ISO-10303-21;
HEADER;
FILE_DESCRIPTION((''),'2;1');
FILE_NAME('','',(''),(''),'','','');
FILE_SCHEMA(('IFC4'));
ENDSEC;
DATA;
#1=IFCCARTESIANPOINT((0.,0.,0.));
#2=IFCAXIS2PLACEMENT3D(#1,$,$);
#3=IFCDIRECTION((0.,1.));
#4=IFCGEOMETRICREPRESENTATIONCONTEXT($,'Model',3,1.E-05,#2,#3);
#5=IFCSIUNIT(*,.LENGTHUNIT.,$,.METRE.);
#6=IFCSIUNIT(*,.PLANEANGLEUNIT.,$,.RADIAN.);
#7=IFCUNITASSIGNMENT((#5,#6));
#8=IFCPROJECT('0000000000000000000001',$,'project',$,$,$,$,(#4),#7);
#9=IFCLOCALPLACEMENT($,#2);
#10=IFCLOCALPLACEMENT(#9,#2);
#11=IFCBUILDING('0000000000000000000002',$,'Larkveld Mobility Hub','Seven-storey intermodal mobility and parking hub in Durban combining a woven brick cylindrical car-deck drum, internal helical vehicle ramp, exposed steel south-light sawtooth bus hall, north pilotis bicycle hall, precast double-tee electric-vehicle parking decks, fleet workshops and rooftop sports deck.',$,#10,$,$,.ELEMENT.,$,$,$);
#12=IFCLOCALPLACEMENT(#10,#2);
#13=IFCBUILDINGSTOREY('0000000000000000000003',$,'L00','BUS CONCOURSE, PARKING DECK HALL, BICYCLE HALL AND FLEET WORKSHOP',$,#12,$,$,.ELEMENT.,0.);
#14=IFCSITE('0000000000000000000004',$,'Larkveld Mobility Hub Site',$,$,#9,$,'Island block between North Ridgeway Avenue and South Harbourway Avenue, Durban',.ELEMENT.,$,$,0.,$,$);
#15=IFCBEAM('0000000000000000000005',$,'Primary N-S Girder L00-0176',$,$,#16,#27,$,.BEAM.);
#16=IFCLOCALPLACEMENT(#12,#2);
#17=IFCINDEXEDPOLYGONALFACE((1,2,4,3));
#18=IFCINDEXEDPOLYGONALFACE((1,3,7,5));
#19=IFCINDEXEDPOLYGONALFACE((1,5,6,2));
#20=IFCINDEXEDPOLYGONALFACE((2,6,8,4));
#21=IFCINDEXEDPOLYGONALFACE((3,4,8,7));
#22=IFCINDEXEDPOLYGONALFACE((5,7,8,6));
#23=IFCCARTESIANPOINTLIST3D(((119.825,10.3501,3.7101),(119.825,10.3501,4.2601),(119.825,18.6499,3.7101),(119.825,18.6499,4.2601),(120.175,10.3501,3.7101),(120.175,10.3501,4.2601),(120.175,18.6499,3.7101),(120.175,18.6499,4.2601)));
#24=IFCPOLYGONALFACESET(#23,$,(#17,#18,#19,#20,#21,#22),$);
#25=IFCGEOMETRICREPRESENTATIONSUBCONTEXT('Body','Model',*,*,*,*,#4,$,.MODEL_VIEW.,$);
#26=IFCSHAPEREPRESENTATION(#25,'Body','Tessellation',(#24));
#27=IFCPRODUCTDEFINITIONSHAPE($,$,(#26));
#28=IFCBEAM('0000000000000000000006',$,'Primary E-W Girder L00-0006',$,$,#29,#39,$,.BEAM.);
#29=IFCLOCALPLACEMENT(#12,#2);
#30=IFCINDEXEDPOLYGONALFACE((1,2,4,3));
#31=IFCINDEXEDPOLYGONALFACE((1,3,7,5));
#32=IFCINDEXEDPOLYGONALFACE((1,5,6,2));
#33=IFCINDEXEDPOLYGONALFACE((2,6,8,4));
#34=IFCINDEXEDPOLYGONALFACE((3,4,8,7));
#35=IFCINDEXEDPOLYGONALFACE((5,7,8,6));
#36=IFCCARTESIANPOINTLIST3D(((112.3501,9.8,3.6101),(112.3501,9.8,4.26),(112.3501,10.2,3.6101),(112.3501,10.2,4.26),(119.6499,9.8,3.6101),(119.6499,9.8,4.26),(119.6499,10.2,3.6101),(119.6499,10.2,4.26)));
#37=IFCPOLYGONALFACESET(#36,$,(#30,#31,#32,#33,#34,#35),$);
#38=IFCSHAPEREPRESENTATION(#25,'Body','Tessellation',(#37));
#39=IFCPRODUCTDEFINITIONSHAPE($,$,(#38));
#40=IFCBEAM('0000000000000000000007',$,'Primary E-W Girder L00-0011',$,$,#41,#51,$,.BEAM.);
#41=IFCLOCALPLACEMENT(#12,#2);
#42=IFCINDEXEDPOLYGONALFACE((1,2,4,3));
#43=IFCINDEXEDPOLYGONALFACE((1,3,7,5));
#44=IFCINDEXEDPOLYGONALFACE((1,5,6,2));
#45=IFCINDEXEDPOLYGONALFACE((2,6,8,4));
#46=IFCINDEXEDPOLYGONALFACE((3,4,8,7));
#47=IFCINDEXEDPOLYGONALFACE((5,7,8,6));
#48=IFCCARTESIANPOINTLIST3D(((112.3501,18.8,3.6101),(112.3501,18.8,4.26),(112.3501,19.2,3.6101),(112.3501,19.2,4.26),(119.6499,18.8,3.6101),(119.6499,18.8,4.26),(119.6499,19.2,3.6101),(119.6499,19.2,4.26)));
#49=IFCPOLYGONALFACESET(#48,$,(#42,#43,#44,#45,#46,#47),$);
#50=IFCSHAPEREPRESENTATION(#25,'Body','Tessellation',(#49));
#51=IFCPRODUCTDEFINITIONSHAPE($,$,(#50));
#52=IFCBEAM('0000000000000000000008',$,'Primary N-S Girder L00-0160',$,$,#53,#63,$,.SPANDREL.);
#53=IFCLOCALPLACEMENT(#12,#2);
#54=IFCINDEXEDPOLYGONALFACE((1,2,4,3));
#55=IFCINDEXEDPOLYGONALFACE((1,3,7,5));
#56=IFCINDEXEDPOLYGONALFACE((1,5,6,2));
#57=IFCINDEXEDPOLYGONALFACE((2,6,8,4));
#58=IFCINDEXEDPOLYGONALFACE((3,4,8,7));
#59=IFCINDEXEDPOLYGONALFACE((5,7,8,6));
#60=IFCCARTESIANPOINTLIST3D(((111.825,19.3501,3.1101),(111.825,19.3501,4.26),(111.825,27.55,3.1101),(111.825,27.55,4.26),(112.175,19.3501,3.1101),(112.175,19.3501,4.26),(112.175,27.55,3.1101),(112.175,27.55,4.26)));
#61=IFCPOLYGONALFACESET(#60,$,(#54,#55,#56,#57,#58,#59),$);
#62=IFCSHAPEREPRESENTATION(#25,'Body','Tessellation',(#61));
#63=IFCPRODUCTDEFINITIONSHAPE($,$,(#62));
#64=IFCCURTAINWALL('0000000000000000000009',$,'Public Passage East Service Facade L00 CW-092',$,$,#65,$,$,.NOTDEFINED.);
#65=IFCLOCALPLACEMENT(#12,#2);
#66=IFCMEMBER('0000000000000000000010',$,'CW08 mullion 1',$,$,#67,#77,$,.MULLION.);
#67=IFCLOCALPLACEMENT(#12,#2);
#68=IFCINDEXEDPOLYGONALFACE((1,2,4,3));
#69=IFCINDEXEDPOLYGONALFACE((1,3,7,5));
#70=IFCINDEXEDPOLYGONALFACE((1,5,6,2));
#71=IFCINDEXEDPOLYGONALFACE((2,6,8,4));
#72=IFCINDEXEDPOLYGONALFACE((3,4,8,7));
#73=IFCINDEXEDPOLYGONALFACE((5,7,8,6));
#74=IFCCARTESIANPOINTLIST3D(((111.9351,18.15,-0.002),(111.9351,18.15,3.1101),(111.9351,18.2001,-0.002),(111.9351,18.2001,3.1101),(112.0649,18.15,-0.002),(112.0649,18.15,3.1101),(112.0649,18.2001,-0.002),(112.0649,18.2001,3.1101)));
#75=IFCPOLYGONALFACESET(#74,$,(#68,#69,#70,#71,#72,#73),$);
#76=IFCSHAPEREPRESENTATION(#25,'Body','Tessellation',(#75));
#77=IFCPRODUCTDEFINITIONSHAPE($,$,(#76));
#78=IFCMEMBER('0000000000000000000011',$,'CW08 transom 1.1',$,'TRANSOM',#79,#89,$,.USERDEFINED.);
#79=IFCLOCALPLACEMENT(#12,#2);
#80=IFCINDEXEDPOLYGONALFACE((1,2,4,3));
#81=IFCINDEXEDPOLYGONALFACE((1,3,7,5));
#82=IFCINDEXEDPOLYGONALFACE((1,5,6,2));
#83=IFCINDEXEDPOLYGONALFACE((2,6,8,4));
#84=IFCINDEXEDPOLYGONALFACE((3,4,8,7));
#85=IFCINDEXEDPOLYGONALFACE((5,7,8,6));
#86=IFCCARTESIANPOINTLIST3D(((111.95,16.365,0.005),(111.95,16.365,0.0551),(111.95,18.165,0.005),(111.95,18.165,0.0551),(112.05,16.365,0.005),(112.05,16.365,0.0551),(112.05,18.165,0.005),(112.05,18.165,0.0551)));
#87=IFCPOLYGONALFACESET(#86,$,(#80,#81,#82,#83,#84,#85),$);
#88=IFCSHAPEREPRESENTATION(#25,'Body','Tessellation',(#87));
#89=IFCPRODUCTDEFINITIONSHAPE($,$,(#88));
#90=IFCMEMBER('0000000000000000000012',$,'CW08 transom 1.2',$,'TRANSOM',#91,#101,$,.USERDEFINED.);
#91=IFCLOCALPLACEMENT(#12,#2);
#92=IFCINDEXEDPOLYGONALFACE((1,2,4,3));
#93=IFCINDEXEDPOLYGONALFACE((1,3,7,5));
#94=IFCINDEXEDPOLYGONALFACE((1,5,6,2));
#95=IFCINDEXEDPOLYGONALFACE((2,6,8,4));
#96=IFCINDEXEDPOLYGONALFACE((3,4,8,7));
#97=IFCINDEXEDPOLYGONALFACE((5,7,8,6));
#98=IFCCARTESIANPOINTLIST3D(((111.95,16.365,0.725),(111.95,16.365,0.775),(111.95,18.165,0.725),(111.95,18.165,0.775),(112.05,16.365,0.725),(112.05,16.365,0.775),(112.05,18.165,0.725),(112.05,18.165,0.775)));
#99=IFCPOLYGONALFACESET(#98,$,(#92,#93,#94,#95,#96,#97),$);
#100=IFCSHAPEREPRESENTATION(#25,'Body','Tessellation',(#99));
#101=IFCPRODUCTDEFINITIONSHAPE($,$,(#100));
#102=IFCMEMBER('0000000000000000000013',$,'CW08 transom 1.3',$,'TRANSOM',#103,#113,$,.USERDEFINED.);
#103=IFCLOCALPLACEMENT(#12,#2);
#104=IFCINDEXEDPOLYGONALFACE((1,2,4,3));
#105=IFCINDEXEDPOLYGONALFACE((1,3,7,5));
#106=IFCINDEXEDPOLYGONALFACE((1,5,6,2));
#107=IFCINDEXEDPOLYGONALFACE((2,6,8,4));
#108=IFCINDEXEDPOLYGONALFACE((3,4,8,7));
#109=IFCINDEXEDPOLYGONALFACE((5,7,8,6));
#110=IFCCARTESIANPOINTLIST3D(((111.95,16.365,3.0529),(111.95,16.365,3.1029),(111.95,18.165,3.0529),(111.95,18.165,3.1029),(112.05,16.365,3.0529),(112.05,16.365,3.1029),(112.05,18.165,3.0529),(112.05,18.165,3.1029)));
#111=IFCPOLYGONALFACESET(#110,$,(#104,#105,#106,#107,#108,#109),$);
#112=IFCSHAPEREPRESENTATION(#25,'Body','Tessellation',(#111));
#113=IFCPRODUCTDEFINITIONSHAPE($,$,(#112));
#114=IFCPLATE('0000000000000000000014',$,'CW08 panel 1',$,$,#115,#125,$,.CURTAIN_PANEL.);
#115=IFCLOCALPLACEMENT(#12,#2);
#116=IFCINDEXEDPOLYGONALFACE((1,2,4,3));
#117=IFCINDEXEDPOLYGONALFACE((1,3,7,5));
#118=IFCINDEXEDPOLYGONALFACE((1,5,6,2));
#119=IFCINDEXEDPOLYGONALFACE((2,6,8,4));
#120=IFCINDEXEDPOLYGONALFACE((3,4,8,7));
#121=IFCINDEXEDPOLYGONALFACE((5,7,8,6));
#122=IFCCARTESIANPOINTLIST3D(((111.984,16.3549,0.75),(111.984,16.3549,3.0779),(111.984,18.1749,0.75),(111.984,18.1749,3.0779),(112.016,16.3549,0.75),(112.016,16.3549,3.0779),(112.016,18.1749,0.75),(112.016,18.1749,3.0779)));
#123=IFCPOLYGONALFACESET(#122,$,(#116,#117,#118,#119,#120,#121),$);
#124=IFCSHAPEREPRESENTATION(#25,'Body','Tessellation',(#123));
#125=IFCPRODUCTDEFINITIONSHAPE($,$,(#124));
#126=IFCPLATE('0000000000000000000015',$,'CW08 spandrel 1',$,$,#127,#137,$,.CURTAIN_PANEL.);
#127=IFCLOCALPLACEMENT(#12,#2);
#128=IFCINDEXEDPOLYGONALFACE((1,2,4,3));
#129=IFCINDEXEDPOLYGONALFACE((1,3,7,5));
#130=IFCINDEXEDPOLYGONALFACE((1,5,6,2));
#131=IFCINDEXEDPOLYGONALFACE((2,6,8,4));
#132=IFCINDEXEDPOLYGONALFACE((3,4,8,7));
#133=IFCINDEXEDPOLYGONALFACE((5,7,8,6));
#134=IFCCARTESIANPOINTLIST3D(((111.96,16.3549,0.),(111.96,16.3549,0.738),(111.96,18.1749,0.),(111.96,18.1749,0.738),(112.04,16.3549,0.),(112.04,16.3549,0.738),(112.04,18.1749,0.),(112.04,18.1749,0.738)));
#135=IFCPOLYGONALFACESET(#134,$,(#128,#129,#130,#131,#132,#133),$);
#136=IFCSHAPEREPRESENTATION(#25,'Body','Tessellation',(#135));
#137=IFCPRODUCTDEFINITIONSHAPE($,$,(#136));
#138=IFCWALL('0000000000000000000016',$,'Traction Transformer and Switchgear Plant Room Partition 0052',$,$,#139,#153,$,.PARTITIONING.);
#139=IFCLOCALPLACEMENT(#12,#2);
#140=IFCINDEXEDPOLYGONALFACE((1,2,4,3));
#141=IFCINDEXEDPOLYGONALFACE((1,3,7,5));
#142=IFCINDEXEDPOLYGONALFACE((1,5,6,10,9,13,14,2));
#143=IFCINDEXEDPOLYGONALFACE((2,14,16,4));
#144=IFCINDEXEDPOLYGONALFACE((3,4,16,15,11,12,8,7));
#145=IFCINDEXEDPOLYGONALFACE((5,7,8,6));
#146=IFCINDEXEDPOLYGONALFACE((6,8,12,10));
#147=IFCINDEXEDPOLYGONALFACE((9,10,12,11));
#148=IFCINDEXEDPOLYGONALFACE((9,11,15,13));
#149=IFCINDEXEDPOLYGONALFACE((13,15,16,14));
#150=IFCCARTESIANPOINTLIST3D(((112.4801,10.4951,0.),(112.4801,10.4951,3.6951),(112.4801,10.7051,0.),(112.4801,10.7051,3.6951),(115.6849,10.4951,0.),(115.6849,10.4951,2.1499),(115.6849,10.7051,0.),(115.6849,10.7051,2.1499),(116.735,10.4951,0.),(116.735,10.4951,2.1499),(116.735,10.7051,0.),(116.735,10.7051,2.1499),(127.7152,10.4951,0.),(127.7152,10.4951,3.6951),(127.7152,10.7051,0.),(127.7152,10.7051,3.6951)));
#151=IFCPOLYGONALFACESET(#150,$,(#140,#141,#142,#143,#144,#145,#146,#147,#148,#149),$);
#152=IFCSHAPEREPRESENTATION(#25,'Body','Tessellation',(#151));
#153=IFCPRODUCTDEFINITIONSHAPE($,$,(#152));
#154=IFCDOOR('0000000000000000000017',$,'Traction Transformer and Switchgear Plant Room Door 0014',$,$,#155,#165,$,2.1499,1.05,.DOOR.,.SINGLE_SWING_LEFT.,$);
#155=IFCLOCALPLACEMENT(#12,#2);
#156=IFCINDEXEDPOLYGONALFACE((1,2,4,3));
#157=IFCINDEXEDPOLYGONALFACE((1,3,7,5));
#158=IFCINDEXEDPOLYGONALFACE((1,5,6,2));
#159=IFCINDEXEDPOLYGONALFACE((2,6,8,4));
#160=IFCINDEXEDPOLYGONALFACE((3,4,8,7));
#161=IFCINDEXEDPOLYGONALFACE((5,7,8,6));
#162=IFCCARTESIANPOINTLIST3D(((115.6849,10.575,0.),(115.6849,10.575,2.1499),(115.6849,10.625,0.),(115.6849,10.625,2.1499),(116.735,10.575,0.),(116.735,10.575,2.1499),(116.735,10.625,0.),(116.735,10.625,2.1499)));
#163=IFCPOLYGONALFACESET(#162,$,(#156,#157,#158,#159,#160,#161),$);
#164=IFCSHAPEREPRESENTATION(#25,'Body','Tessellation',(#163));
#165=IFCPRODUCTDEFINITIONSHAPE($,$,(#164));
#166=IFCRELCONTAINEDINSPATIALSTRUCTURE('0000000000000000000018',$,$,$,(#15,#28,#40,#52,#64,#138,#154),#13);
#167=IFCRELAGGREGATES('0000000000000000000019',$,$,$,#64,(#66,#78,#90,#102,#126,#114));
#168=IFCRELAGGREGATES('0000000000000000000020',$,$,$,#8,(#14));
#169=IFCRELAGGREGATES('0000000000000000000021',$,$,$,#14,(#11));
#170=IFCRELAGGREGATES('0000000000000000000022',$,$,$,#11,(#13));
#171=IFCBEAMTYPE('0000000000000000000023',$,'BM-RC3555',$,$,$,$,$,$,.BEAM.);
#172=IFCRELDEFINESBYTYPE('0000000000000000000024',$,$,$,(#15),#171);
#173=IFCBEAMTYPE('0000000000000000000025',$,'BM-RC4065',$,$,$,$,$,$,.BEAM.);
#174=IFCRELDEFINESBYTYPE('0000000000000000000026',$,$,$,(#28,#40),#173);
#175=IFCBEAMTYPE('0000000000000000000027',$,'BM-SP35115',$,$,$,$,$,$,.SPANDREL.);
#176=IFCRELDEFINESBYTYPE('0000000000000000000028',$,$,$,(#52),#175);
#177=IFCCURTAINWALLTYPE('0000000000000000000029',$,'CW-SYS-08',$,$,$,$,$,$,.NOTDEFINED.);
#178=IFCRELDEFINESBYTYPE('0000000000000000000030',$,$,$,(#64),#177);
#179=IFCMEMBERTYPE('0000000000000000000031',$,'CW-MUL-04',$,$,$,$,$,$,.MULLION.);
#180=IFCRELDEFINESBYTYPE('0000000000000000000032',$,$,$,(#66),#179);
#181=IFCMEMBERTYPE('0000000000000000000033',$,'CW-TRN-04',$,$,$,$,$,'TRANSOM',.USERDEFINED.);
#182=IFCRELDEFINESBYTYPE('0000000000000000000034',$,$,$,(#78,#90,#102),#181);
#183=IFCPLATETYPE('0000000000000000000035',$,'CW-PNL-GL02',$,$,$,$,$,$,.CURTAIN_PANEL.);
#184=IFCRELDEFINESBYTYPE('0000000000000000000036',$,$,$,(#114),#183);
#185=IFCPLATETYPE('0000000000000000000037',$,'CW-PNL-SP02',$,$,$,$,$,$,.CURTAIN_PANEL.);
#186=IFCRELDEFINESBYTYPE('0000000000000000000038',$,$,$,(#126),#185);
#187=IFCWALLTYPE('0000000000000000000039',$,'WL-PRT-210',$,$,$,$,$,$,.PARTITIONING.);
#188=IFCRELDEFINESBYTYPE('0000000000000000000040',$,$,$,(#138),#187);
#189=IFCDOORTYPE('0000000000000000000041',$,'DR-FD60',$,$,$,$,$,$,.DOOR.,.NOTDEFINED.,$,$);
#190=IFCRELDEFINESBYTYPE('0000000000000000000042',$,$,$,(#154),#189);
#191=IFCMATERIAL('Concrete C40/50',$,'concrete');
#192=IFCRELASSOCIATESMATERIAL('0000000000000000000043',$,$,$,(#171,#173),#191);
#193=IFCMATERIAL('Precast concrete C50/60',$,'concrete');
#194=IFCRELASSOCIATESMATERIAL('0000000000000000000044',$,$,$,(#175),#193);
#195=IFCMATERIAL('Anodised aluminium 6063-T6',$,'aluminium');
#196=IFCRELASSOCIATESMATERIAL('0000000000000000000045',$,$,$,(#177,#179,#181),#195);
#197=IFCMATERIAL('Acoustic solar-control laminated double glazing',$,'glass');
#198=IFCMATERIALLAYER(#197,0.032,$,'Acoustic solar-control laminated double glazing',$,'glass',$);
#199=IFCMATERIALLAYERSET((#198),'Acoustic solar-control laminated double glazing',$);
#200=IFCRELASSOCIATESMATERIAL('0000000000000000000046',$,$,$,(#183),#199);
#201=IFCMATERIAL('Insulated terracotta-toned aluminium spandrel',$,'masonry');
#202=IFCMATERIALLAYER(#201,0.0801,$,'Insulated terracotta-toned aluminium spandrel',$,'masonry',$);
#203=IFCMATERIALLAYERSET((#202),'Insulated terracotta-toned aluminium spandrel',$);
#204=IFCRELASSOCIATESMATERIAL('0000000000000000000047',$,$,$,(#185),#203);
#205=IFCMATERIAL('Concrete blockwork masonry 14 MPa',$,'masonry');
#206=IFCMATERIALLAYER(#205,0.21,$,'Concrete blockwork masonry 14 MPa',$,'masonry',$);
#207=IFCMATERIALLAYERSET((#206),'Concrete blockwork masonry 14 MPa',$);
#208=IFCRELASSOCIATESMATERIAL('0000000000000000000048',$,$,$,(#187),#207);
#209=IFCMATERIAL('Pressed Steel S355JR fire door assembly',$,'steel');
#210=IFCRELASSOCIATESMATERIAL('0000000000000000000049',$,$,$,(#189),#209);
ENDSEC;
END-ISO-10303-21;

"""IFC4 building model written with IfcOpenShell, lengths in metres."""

from ifc_helpers import new_model, si_unit, direction, frame, frame_2d, origin, origin_2d, place, context, subcontext, project, spatial, rectangle, extrude, material, layer, layer_set, material_profile, profile_set, type_object, element, fill, aggregate, save


model = new_model("IFC4")

# Units and contexts
model_context = context("Model", 3, precision=1e-05, world=origin(), true_north=direction((0.0, 1.0)))
body_context = subcontext(model_context, "Body", "Model", "MODEL_VIEW")
ifc_project = project(units=[si_unit("LENGTHUNIT", "METRE"), si_unit("PLANEANGLEUNIT", "RADIAN")], contexts=[model_context])

# Site, building, storey
site_placement = place(None, origin())
site = spatial("IfcSite", under=ifc_project, at=site_placement, Name="Larkveld Mobility Hub Site", LongName="Island block between North Ridgeway Avenue and South Harbourway Avenue, Durban", CompositionType="ELEMENT", RefElevation=0.0)
building_placement = place(site_placement, origin())
building = spatial("IfcBuilding", under=site, at=building_placement, Name="Larkveld Mobility Hub", Description="Seven-storey intermodal mobility and parking hub in Durban combining a woven brick cylindrical car-deck drum, internal helical vehicle ramp, exposed steel south-light sawtooth bus hall, north pilotis bicycle hall, precast double-tee electric-vehicle parking decks, fleet workshops and rooftop sports deck.", CompositionType="ELEMENT")
storey_placement = place(building_placement, origin())
storey = spatial("IfcBuildingStorey", under=building, at=storey_placement, Name="L00", Description="BUS CONCOURSE, PARKING DECK HALL, BICYCLE HALL AND FLEET WORKSHOP", CompositionType="ELEMENT", Elevation=0.0)

# Shared definitions
ifc_material_1 = material(Name="Concrete C40/50", Category="concrete")

# Beams
ifc_material_profile_1 = material_profile(ifc_material_1, rectangle(XDim=0.3501, YDim=0.55, at=origin_2d()), Name="RC BM 350x550")
ifc_profile_set_1 = profile_set([ifc_material_profile_1], Name="Concrete C40/50")
beam_type_1 = type_object("IfcBeamType", Name="BM-RC3555", PredefinedType="BEAM", material=ifc_profile_set_1)
beam_1_placement = place(storey_placement, frame((120.0, 10.3501, 3.9851), z_axis=(0.0, 1.0, 0.0), x_axis=(-1.0, 0.0, 0.0)))
element("IfcBeam", 1, at=beam_1_placement, inside=storey, type_object=beam_type_1, Name="Primary N-S Girder L00-0176", PredefinedType="BEAM", context=body_context, shape_type="SweptSolid", body=[
    extrude(rectangle(XDim=0.3501, YDim=0.55, at=origin_2d()), origin(), (0.0, 0.0, 1.0), 8.2998),
])
ifc_material_profile_2 = material_profile(ifc_material_1, rectangle(XDim=0.3999, YDim=0.6499, at=origin_2d()), Name="RC BM 400x650")
ifc_profile_set_2 = profile_set([ifc_material_profile_2], Name="Concrete C40/50")
beam_type_2 = type_object("IfcBeamType", Name="BM-RC4065", PredefinedType="BEAM", material=ifc_profile_set_2)
for number, where, z_axis, x_axis, name in (
    (2, (112.3501, 10.0, 3.9351), (1.0, 0.0, 0.0), (0.0, 1.0, 0.0), "Primary E-W Girder L00-0006"),
    (3, (112.3501, 19.0, 3.9351), (1.0, 0.0, 0.0), (0.0, 1.0, 0.0), "Primary E-W Girder L00-0011"),
):
    element("IfcBeam", number, at=place(storey_placement, frame(where, z_axis=z_axis, x_axis=x_axis)), inside=storey, type_object=beam_type_2, Name=name, PredefinedType="BEAM", context=body_context, shape_type="SweptSolid", body=[
        extrude(rectangle(XDim=0.3999, YDim=0.6499, at=origin_2d()), origin(), (0.0, 0.0, 1.0), 7.2998),
    ])
ifc_material_2 = material(Name="Precast concrete C50/60", Category="concrete")
ifc_material_profile_3 = material_profile(ifc_material_2, rectangle(XDim=0.3501, YDim=1.1499, at=origin_2d()), Name="PC SP 350x1150")
ifc_profile_set_3 = profile_set([ifc_material_profile_3], Name="Precast concrete C50/60")
beam_type_3 = type_object("IfcBeamType", Name="BM-SP35115", PredefinedType="SPANDREL", material=ifc_profile_set_3)
beam_2_placement = place(storey_placement, frame((112.0, 19.3501, 3.6851), z_axis=(0.0, 1.0, 0.0), x_axis=(-1.0, 0.0, 0.0)))
element("IfcBeam", 4, at=beam_2_placement, inside=storey, type_object=beam_type_3, Name="Primary N-S Girder L00-0160", PredefinedType="SPANDREL", context=body_context, shape_type="SweptSolid", body=[
    extrude(rectangle(XDim=0.3501, YDim=1.1499, at=origin_2d()), origin(), (0.0, 0.0, 1.0), 8.2),
])

# Curtain wall, members, plates
ifc_material_3 = material(Name="Anodised aluminium 6063-T6", Category="aluminium")
curtain_wall_type = type_object("IfcCurtainWallType", Name="CW-SYS-08", PredefinedType="NOTDEFINED", material=ifc_material_3)
curtain_wall_placement = place(storey_placement, origin())
curtain_wall = element("IfcCurtainWall", 5, at=curtain_wall_placement, inside=storey, type_object=curtain_wall_type, Name="Public Passage East Service Facade L00 CW-092", PredefinedType="NOTDEFINED")
ifc_material_profile_4 = material_profile(ifc_material_3, rectangle(XDim=0.05, YDim=0.1299, at=origin_2d()), Name="ALU MULL 50x130")
ifc_profile_set_4 = profile_set([ifc_material_profile_4], Name="Anodised aluminium 6063-T6")
member_type_1 = type_object("IfcMemberType", Name="CW-MUL-04", PredefinedType="MULLION", material=ifc_profile_set_4)
member_1_placement = place(storey_placement, frame((112.0, 18.175, -0.002), z_axis=(0.0, 0.0, 1.0), x_axis=(0.0, -1.0, 0.0)))
member_1 = element("IfcMember", 6, at=member_1_placement, type_object=member_type_1, Name="CW08 mullion 1", PredefinedType="MULLION", context=body_context, shape_type="SweptSolid", body=[
    extrude(rectangle(XDim=0.05, YDim=0.1299, at=origin_2d()), origin(), (0.0, 0.0, 1.0), 3.1121),
])
ifc_material_profile_5 = material_profile(ifc_material_3, rectangle(XDim=0.1001, YDim=0.05, at=origin_2d()), Name="ALU TRAN 50x100")
ifc_profile_set_5 = profile_set([ifc_material_profile_5], Name="Anodised aluminium 6063-T6")
member_type_2 = type_object("IfcMemberType", Name="CW-TRN-04", ElementType="TRANSOM", PredefinedType="USERDEFINED", material=ifc_profile_set_5)
member_2_placement = place(storey_placement, frame((112.0, 18.165, 0.03), z_axis=(0.0, -1.0, 0.0), x_axis=(1.0, 0.0, 0.0)))
member_2 = element("IfcMember", 7, at=member_2_placement, type_object=member_type_2, Name="CW08 transom 1.1", ObjectType="TRANSOM", PredefinedType="USERDEFINED", context=body_context, shape_type="SweptSolid", body=[
    extrude(rectangle(XDim=0.1001, YDim=0.05, at=origin_2d()), origin(), (0.0, 0.0, 1.0), 1.8),
])
member_3_placement = place(storey_placement, frame((112.0, 18.165, 0.75), z_axis=(0.0, -1.0, 0.0), x_axis=(1.0, 0.0, 0.0)))
member_3 = element("IfcMember", 8, at=member_3_placement, type_object=member_type_2, Name="CW08 transom 1.2", ObjectType="TRANSOM", PredefinedType="USERDEFINED", context=body_context, shape_type="SweptSolid", body=[
    extrude(rectangle(XDim=0.1001, YDim=0.05, at=origin_2d()), origin(), (0.0, 0.0, 1.0), 1.8),
])
member_4_placement = place(storey_placement, frame((112.0, 18.165, 3.0779), z_axis=(0.0, -1.0, 0.0), x_axis=(1.0, 0.0, 0.0)))
member_4 = element("IfcMember", 9, at=member_4_placement, type_object=member_type_2, Name="CW08 transom 1.3", ObjectType="TRANSOM", PredefinedType="USERDEFINED", context=body_context, shape_type="SweptSolid", body=[
    extrude(rectangle(XDim=0.1001, YDim=0.05, at=origin_2d()), origin(), (0.0, 0.0, 1.0), 1.8),
])
ifc_material_4 = material(Name="Acoustic solar-control laminated double glazing", Category="glass")
ifc_layer_1 = layer(ifc_material_4, 0.032, Name="Acoustic solar-control laminated double glazing", Category="glass")
ifc_layer_set_1 = layer_set([ifc_layer_1], Name="Acoustic solar-control laminated double glazing")
plate_type_1 = type_object("IfcPlateType", Name="CW-PNL-GL02", PredefinedType="CURTAIN_PANEL", material=ifc_layer_set_1)
plate_1_placement = place(storey_placement, frame((112.0, 17.2649, 0.75), z_axis=(0.0, 0.0, 1.0), x_axis=(0.0, -1.0, 0.0)))
plate_1 = element("IfcPlate", 10, at=plate_1_placement, type_object=plate_type_1, Name="CW08 panel 1", PredefinedType="CURTAIN_PANEL", context=body_context, shape_type="SweptSolid", body=[
    extrude(rectangle(XDim=1.8201, YDim=0.032, at=origin_2d()), origin(), (0.0, 0.0, 1.0), 2.3279),
])
ifc_material_5 = material(Name="Insulated terracotta-toned aluminium spandrel", Category="masonry")
ifc_layer_2 = layer(ifc_material_5, 0.0801, Name="Insulated terracotta-toned aluminium spandrel", Category="masonry")
ifc_layer_set_2 = layer_set([ifc_layer_2], Name="Insulated terracotta-toned aluminium spandrel")
plate_type_2 = type_object("IfcPlateType", Name="CW-PNL-SP02", PredefinedType="CURTAIN_PANEL", material=ifc_layer_set_2)
plate_2_placement = place(storey_placement, frame((112.0, 17.2649, 0.0), z_axis=(0.0, 0.0, 1.0), x_axis=(0.0, -1.0, 0.0)))
plate_2 = element("IfcPlate", 11, at=plate_2_placement, type_object=plate_type_2, Name="CW08 spandrel 1", PredefinedType="CURTAIN_PANEL", context=body_context, shape_type="SweptSolid", body=[
    extrude(rectangle(XDim=1.8201, YDim=0.0801, at=origin_2d()), origin(), (0.0, 0.0, 1.0), 0.738),
])
aggregate(curtain_wall, [member_1, member_2, member_3, member_4, plate_2, plate_1])

# Wall, opening, door
ifc_material_6 = material(Name="Concrete blockwork masonry 14 MPa", Category="masonry")
ifc_layer_3 = layer(ifc_material_6, 0.21, Name="Concrete blockwork masonry 14 MPa", Category="masonry")
ifc_layer_set_3 = layer_set([ifc_layer_3], Name="Concrete blockwork masonry 14 MPa")
wall_type = type_object("IfcWallType", Name="WL-PRT-210", PredefinedType="PARTITIONING", material=ifc_layer_set_3)
wall_1_placement = place(storey_placement, frame((112.48, 10.6001, 0.0), z_axis=(0.0, 0.0, 1.0), x_axis=(1.0, 0.0, 0.0)))
wall_1 = element("IfcWall", 12, at=wall_1_placement, inside=storey, type_object=wall_type, Name="Traction Transformer and Switchgear Plant Room Partition 0052", PredefinedType="PARTITIONING", context=body_context, shape_type="SweptSolid", body=[
    extrude(rectangle(XDim=15.2351, YDim=0.21, at=frame_2d((7.6177, 0.0))), origin(), (0.0, 0.0, 1.0), 3.6951),
])
opening_placement = place(wall_1_placement, frame((3.2051, 0.0, 0.0)))
opening = element("IfcOpeningElement", 13, at=opening_placement, cuts=wall_1, PredefinedType="OPENING", context=body_context, shape_type="SweptSolid", body=[
    extrude(rectangle(XDim=1.05, YDim=2.1499, at=frame_2d((0.5249, 1.075))), frame((0.0, 0.115, 0.0), z_axis=(0.0, -1.0, 0.0), x_axis=(1.0, 0.0, 0.0)), (0.0, 0.0, 1.0), 0.23),
])
ifc_material_7 = material(Name="Pressed Steel S355JR fire door assembly", Category="steel")
door_type = type_object("IfcDoorType", Name="DR-FD60", OperationType="NOTDEFINED", PredefinedType="DOOR", material=ifc_material_7)
door_placement = place(opening_placement, origin())
door = element("IfcDoor", 14, at=door_placement, inside=storey, type_object=door_type, Name="Traction Transformer and Switchgear Plant Room Door 0014", OperationType="SINGLE_SWING_LEFT", OverallHeight=2.1499, OverallWidth=1.05, PredefinedType="DOOR", context=body_context, shape_type="SweptSolid", body=[
    extrude(rectangle(XDim=1.05, YDim=2.1499, at=frame_2d((0.5249, 1.075))), frame((0.0, 0.0249, 0.0), z_axis=(0.0, -1.0, 0.0), x_axis=(1.0, 0.0, 0.0)), (0.0, 0.0, 1.0), 0.05),
])
fill(opening, door)

save(model, "model.ifc")
